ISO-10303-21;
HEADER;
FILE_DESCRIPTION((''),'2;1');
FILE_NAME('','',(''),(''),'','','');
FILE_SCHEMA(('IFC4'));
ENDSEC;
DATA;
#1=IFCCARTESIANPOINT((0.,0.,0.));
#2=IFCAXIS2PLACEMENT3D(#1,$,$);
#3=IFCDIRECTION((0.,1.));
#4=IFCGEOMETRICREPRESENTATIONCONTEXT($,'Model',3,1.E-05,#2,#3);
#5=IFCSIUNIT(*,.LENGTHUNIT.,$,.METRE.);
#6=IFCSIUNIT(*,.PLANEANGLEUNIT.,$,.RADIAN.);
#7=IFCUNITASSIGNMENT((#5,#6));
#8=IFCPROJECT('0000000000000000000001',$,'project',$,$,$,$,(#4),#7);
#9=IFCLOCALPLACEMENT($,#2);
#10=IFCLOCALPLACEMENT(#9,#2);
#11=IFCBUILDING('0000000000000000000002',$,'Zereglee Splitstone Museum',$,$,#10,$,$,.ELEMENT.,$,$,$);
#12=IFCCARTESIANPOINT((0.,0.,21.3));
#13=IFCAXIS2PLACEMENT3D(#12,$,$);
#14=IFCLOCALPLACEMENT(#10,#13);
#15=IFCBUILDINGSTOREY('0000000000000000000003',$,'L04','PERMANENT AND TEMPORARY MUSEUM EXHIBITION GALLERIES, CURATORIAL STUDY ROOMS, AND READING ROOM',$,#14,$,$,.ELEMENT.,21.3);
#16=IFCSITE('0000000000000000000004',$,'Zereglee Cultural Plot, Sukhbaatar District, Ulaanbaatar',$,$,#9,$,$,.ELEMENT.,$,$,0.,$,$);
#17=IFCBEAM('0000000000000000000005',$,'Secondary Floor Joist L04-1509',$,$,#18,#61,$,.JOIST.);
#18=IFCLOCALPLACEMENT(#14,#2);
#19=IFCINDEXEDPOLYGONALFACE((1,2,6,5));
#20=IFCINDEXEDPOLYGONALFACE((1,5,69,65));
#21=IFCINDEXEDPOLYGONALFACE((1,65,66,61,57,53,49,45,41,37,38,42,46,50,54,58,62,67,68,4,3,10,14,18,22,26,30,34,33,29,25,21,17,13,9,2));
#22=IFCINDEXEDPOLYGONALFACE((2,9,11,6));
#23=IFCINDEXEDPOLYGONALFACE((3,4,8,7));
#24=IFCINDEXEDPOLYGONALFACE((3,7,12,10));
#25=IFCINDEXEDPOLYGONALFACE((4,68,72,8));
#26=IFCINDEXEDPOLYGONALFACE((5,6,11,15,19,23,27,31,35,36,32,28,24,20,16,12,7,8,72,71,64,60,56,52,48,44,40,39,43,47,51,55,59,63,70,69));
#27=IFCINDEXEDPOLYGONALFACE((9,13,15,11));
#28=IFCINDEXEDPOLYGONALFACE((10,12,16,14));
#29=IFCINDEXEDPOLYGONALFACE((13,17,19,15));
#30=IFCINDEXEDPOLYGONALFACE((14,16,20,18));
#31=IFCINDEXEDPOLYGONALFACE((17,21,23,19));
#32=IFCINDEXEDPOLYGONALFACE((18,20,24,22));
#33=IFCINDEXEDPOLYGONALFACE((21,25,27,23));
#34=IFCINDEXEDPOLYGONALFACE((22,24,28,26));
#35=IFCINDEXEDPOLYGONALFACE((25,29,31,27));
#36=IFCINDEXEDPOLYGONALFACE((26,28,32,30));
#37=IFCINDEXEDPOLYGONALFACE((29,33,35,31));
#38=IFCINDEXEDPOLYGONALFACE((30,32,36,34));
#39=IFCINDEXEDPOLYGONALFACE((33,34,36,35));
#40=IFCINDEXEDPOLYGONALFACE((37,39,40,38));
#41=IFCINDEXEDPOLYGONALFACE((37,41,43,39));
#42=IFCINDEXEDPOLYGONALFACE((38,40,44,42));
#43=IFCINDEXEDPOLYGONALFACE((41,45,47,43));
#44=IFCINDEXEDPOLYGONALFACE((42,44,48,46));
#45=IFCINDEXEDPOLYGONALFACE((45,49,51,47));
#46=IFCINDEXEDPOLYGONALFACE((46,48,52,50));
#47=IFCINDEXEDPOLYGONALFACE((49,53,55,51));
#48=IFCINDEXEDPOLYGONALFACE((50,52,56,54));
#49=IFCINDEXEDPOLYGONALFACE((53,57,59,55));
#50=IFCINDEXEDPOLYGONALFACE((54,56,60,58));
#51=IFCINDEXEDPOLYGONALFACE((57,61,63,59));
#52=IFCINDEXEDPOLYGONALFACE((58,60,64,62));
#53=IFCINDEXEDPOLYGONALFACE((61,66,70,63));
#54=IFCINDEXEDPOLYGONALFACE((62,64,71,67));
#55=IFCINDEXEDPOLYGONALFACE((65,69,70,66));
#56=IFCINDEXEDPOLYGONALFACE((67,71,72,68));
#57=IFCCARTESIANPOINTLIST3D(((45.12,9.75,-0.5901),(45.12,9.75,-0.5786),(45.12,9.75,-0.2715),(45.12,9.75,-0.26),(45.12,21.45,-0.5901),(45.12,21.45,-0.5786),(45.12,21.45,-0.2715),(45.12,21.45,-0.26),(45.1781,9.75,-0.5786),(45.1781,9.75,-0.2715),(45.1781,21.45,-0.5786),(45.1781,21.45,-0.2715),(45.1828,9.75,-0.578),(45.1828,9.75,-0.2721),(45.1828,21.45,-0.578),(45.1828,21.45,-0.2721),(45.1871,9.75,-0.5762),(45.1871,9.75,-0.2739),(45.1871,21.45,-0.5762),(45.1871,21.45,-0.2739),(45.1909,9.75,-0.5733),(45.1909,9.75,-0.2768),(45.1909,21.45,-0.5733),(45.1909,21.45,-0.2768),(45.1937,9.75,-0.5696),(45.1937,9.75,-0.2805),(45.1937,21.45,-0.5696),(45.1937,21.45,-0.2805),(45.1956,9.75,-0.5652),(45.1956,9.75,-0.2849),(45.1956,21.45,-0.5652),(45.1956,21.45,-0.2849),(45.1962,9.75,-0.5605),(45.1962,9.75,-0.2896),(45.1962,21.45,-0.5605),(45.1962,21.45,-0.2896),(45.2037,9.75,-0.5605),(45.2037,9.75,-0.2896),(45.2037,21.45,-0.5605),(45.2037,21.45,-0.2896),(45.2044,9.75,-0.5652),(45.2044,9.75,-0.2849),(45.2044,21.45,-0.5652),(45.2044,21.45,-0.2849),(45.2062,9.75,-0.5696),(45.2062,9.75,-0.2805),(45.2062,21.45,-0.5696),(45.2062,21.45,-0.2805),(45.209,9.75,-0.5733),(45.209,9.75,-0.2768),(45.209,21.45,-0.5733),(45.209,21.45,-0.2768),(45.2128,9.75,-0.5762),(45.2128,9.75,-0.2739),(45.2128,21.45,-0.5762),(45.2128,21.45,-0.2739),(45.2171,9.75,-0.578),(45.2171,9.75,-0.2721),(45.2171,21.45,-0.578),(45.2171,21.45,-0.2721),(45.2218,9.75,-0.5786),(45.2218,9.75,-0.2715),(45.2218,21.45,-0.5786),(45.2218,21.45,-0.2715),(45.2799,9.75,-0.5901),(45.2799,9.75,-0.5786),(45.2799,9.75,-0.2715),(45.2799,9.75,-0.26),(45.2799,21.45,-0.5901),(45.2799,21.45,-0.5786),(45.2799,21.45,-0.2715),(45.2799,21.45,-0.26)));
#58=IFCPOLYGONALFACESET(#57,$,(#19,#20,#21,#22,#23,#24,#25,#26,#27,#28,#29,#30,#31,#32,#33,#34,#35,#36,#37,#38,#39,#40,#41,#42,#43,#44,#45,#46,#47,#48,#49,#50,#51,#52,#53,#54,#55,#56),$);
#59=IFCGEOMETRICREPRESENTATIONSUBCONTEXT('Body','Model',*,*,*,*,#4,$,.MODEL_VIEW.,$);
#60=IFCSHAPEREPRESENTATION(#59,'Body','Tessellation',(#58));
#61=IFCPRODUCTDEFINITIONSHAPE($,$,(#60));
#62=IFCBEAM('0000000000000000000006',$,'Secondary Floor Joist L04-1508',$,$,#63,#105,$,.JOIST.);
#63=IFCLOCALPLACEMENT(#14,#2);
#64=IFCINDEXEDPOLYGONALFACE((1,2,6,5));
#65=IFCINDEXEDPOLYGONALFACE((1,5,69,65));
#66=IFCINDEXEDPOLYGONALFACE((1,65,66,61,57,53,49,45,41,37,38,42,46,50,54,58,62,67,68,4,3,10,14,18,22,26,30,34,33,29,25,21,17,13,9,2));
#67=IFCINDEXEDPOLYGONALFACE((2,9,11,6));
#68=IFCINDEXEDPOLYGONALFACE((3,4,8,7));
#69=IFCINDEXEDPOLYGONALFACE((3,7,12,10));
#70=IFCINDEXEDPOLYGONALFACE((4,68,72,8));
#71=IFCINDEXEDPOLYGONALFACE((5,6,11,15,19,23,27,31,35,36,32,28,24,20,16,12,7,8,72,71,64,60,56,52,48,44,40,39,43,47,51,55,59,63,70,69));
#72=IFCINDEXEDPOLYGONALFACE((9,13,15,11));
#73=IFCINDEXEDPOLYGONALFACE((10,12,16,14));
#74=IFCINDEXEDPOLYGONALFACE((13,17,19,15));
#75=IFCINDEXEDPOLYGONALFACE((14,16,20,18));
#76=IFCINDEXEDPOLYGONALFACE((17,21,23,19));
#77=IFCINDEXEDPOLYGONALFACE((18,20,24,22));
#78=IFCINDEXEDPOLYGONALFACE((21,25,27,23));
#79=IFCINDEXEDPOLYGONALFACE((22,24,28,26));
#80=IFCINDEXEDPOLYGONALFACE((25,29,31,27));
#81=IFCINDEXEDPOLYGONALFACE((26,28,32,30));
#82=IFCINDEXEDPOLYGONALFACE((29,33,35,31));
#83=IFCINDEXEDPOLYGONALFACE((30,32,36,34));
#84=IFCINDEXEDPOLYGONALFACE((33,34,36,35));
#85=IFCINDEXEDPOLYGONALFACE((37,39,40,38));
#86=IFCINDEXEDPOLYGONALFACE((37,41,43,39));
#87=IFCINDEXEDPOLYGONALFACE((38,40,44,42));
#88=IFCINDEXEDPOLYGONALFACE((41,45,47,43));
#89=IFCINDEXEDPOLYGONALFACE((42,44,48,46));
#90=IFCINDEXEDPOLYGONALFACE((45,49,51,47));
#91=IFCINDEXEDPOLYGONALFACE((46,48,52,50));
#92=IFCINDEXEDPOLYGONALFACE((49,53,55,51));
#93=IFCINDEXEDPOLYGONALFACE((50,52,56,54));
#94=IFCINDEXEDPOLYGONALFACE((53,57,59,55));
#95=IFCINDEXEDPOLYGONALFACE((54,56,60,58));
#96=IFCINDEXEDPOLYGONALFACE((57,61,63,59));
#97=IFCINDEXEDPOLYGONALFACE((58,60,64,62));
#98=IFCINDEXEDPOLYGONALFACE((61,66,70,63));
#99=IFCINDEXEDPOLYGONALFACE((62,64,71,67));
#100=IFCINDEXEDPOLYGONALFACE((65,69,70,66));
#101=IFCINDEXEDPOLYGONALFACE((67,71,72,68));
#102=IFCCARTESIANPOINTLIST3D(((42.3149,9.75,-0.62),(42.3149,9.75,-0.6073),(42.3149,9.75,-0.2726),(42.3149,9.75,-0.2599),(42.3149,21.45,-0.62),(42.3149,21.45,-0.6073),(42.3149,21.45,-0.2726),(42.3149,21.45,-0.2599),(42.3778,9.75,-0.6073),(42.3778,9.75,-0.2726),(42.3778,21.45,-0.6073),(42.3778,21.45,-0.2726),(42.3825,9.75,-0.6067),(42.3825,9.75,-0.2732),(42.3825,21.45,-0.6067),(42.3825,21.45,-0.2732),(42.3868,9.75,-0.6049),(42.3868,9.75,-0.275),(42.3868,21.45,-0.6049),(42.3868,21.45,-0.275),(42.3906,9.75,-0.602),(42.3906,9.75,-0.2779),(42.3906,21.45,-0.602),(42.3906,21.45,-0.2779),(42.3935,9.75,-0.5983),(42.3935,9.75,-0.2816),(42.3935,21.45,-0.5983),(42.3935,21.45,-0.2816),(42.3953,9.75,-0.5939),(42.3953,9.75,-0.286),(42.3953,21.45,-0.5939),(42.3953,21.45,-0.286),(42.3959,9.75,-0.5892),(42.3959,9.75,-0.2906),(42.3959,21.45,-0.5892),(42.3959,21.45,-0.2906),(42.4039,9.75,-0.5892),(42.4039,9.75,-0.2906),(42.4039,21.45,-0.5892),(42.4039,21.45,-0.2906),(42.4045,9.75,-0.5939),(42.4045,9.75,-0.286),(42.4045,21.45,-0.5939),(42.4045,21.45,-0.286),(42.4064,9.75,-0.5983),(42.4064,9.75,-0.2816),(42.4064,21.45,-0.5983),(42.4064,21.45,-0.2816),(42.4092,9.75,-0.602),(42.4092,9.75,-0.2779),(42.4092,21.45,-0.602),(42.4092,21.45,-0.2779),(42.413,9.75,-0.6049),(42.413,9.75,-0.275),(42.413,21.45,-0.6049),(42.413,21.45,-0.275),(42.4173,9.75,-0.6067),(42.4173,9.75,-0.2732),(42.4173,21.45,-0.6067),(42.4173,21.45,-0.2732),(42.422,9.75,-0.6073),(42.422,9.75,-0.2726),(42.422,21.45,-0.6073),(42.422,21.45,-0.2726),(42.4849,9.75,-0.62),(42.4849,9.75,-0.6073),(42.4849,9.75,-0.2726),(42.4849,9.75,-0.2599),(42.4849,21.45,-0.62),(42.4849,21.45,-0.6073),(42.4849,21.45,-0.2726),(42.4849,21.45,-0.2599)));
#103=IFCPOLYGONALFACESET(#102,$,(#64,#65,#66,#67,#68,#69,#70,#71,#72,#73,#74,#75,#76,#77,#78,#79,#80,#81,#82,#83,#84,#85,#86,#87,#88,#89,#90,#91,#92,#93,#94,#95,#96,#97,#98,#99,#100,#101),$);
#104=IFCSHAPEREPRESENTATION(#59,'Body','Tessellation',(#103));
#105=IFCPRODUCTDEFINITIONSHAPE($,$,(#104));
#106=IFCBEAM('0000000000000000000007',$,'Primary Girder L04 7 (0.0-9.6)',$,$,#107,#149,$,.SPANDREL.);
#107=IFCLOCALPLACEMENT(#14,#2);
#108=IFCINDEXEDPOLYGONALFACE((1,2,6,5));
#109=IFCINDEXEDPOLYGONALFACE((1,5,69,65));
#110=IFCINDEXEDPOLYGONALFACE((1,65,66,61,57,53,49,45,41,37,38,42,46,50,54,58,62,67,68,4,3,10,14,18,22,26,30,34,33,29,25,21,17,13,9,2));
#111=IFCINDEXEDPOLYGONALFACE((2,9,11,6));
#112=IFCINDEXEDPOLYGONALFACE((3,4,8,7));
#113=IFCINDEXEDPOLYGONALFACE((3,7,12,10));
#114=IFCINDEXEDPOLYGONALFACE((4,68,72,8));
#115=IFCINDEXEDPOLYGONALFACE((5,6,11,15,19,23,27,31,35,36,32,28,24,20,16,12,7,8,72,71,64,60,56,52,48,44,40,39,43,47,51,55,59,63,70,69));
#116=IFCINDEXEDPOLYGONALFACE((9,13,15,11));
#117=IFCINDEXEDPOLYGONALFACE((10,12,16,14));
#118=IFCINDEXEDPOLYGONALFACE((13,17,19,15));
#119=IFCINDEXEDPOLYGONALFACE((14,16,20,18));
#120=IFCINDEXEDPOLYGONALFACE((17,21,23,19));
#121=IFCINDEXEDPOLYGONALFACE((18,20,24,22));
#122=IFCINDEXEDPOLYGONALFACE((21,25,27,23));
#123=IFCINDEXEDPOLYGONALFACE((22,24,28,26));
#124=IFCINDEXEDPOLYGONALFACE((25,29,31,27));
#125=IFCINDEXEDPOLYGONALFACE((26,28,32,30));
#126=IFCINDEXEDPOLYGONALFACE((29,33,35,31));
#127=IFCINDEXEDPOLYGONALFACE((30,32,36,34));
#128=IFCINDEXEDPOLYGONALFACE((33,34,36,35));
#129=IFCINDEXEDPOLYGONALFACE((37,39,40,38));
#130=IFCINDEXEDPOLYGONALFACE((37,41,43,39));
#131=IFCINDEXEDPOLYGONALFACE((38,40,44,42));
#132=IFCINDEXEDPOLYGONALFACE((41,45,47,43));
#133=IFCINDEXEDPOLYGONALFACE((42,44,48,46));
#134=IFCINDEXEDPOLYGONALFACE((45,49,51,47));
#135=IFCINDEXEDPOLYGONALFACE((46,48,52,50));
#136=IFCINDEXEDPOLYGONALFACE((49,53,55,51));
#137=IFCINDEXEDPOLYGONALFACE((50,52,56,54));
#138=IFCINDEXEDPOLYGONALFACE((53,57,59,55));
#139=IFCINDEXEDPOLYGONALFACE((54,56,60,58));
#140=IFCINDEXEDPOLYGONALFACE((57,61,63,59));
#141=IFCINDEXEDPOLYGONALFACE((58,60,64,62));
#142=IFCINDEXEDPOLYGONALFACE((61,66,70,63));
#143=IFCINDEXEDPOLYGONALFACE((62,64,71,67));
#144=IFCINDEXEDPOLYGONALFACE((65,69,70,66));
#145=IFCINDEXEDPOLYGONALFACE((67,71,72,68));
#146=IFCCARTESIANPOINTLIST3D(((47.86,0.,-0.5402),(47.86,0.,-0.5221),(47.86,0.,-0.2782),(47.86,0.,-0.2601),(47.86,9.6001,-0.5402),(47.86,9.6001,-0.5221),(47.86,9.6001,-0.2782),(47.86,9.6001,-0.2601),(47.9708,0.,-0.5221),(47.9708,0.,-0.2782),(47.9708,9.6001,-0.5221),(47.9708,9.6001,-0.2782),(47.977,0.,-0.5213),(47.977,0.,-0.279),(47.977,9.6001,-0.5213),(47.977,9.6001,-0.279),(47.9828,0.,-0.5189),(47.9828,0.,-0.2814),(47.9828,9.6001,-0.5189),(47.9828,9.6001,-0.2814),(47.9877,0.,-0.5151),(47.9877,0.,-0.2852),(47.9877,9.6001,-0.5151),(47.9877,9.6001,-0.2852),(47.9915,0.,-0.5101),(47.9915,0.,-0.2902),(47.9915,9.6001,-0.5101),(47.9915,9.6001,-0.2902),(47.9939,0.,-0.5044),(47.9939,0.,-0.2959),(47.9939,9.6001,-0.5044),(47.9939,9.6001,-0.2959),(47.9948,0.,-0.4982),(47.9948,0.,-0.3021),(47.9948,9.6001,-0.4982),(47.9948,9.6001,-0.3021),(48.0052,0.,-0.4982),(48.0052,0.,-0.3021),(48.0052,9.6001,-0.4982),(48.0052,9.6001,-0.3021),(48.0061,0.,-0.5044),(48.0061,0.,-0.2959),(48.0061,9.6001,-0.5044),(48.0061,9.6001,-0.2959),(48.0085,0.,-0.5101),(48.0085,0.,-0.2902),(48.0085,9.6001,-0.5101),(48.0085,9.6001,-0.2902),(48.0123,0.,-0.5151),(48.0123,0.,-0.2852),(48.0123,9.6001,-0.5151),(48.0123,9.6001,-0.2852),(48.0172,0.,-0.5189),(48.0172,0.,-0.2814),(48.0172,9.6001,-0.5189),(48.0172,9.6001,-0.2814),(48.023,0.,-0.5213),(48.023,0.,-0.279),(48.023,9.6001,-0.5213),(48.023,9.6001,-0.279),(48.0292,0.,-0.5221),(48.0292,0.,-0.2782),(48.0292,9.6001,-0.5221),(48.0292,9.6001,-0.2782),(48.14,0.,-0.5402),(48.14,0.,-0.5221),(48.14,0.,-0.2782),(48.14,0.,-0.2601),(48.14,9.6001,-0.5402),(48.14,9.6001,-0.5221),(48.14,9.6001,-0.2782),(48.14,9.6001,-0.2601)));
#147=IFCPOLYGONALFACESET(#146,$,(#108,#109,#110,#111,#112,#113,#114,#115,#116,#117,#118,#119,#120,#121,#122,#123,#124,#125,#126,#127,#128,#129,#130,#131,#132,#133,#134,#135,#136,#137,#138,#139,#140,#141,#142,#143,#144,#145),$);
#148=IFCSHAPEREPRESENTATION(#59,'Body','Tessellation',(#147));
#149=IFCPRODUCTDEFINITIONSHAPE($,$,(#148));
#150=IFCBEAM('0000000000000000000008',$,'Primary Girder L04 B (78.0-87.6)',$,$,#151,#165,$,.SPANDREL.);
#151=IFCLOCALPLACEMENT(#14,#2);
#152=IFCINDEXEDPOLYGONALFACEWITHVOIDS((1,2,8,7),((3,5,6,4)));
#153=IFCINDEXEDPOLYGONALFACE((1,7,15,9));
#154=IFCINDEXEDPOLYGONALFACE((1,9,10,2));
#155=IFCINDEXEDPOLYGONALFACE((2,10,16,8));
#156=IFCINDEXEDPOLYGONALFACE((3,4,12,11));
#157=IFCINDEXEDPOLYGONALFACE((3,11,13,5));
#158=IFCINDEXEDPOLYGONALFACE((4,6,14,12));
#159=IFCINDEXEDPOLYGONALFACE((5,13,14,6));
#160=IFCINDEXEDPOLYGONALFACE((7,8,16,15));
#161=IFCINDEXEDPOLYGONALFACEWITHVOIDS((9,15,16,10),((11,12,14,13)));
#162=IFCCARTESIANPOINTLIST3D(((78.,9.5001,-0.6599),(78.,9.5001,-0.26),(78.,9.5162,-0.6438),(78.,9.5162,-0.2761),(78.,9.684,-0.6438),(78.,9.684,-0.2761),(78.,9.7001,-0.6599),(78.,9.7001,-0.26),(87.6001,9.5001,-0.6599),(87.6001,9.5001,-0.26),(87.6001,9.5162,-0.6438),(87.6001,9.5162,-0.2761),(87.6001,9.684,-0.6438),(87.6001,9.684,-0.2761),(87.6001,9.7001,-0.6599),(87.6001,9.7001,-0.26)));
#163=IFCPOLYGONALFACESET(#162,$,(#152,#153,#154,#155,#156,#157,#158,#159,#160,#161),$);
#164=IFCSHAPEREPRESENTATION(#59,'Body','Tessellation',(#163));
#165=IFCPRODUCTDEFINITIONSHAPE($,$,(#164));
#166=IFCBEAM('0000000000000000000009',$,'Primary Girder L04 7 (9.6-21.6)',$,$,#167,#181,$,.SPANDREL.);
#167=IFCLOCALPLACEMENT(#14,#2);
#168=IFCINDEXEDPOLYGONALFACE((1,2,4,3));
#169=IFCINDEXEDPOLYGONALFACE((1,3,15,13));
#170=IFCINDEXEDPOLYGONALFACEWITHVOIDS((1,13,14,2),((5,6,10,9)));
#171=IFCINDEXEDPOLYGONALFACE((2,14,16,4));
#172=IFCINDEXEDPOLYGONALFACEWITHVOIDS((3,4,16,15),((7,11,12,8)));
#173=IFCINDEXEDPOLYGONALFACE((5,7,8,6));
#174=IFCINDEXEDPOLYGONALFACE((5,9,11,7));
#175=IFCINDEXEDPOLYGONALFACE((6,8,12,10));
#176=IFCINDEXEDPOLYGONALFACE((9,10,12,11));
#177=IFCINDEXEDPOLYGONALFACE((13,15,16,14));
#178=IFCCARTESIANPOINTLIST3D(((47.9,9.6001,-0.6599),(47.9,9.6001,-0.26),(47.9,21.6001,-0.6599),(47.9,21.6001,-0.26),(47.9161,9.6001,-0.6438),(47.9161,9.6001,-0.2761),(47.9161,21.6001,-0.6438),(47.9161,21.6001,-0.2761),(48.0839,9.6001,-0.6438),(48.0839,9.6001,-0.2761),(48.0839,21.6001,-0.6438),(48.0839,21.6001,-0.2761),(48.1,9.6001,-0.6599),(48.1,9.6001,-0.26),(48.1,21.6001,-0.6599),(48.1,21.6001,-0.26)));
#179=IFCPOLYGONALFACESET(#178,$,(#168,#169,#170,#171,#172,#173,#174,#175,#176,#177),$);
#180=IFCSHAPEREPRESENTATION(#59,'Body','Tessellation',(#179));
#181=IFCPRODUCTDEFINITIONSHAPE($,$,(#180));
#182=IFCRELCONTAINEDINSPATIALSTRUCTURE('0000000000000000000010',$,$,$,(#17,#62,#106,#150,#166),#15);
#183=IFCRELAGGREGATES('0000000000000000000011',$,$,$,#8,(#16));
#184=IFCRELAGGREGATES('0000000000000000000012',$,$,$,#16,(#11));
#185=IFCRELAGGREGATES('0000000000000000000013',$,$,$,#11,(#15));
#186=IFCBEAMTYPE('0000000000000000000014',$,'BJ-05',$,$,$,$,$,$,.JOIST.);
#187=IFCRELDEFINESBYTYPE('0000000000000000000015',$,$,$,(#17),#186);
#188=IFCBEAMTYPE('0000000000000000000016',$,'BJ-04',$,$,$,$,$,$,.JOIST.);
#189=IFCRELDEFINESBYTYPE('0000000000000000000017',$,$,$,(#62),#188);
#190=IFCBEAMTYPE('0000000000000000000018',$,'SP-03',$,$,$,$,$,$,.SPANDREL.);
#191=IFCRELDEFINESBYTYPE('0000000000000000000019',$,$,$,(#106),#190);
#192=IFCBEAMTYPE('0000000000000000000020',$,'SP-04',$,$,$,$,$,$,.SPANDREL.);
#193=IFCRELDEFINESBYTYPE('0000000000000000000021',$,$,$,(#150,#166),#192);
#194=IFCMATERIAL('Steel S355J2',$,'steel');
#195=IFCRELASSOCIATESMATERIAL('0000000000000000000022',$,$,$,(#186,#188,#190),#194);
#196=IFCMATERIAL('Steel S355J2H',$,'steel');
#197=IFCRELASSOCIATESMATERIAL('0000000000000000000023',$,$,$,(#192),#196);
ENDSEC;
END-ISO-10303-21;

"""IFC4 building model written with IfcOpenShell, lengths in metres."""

from ifc_helpers import new_model, si_unit, direction, frame, origin, origin_2d, place, context, subcontext, project, spatial, hollow_rectangle, i_section, extrude, material, material_profile, profile_set, type_object, element, save


model = new_model("IFC4")

# Units and contexts
model_context = context("Model", 3, precision=1e-05, world=origin(), true_north=direction((0.0, 1.0)))
body_context = subcontext(model_context, "Body", "Model", "MODEL_VIEW")
ifc_project = project(units=[si_unit("LENGTHUNIT", "METRE"), si_unit("PLANEANGLEUNIT", "RADIAN")], contexts=[model_context])

# Site, building, storey
site_placement = place(None, origin())
site = spatial("IfcSite", under=ifc_project, at=site_placement, Name="Zereglee Cultural Plot, Sukhbaatar District, Ulaanbaatar", CompositionType="ELEMENT", RefElevation=0.0)
building_placement = place(site_placement, origin())
building = spatial("IfcBuilding", under=site, at=building_placement, Name="Zereglee Splitstone Museum", CompositionType="ELEMENT")
storey_placement = place(building_placement, frame((0.0, 0.0, 21.3)))
storey = spatial("IfcBuildingStorey", under=building, at=storey_placement, Name="L04", Description="PERMANENT AND TEMPORARY MUSEUM EXHIBITION GALLERIES, CURATORIAL STUDY ROOMS, AND READING ROOM", CompositionType="ELEMENT", Elevation=21.3)

# Shared definitions
ifc_material_1 = material(Name="Steel S355J2H", Category="steel")

# Beams
ifc_material_2 = material(Name="Steel S355J2", Category="steel")
ifc_material_profile_1 = material_profile(ifc_material_2, i_section(OverallWidth=0.1599, OverallDepth=0.3301, WebThickness=0.0076, FlangeThickness=0.0115, FilletRadius=0.0181, at=origin_2d()), Name="IPE 330")
ifc_profile_set_1 = profile_set([ifc_material_profile_1], Name="Steel S355J2")
beam_type_1 = type_object("IfcBeamType", Name="BJ-05", PredefinedType="JOIST", material=ifc_profile_set_1)
beam_1_placement = place(storey_placement, frame((45.2, 9.75, -0.425), z_axis=(0.0, 1.0, 0.0), x_axis=(-1.0, 0.0, 0.0)))
element("IfcBeam", 1, at=beam_1_placement, inside=storey, type_object=beam_type_1, Name="Secondary Floor Joist L04-1509", PredefinedType="JOIST", context=body_context, shape_type="SweptSolid", body=[
    extrude(i_section(OverallWidth=0.1599, OverallDepth=0.3301, WebThickness=0.0076, FlangeThickness=0.0115, FilletRadius=0.0181, at=origin_2d()), origin(), (0.0, 0.0, 1.0), 11.7),
])
ifc_material_profile_2 = material_profile(ifc_material_2, i_section(OverallWidth=0.1699, OverallDepth=0.3601, WebThickness=0.0081, FlangeThickness=0.0127, FilletRadius=0.0181, at=origin_2d()), Name="IPE 360")
ifc_profile_set_2 = profile_set([ifc_material_profile_2], Name="Steel S355J2")
beam_type_2 = type_object("IfcBeamType", Name="BJ-04", PredefinedType="JOIST", material=ifc_profile_set_2)
beam_2_placement = place(storey_placement, frame((42.3999, 9.75, -0.4399), z_axis=(0.0, 1.0, 0.0), x_axis=(-1.0, 0.0, 0.0)))
element("IfcBeam", 2, at=beam_2_placement, inside=storey, type_object=beam_type_2, Name="Secondary Floor Joist L04-1508", PredefinedType="JOIST", context=body_context, shape_type="SweptSolid", body=[
    extrude(i_section(OverallWidth=0.1699, OverallDepth=0.3601, WebThickness=0.0081, FlangeThickness=0.0127, FilletRadius=0.0181, at=origin_2d()), origin(), (0.0, 0.0, 1.0), 11.7),
])
ifc_material_profile_3 = material_profile(ifc_material_2, i_section(OverallWidth=0.28, OverallDepth=0.28, WebThickness=0.0105, FlangeThickness=0.0181, FilletRadius=0.0239, at=origin_2d()), Name="HE 280 B")
ifc_profile_set_3 = profile_set([ifc_material_profile_3], Name="Steel S355J2")
beam_type_3 = type_object("IfcBeamType", Name="SP-03", PredefinedType="SPANDREL", material=ifc_profile_set_3)
beam_3_placement = place(storey_placement, frame((48.0, 0.0, -0.4001), z_axis=(0.0, 1.0, 0.0), x_axis=(-1.0, 0.0, 0.0)))
element("IfcBeam", 3, at=beam_3_placement, inside=storey, type_object=beam_type_3, Name="Primary Girder L04 7 (0.0-9.6)", PredefinedType="SPANDREL", context=body_context, shape_type="SweptSolid", body=[
    extrude(i_section(OverallWidth=0.28, OverallDepth=0.28, WebThickness=0.0105, FlangeThickness=0.0181, FilletRadius=0.0239, at=origin_2d()), origin(), (0.0, 0.0, 1.0), 9.6001),
])
ifc_material_profile_4 = material_profile(ifc_material_1, hollow_rectangle(XDim=0.2, YDim=0.3999, WallThickness=0.0161, at=origin_2d()), Name="RHS 400x200x16")
ifc_profile_set_4 = profile_set([ifc_material_profile_4], Name="Steel S355J2H")
beam_type_4 = type_object("IfcBeamType", Name="SP-04", PredefinedType="SPANDREL", material=ifc_profile_set_4)
beam_4_placement = place(storey_placement, frame((78.0, 9.6001, -0.46), z_axis=(1.0, 0.0, 0.0), x_axis=(0.0, 1.0, 0.0)))
element("IfcBeam", 4, at=beam_4_placement, inside=storey, type_object=beam_type_4, Name="Primary Girder L04 B (78.0-87.6)", PredefinedType="SPANDREL", context=body_context, shape_type="SweptSolid", body=[
    extrude(hollow_rectangle(XDim=0.2, YDim=0.3999, WallThickness=0.0161, at=origin_2d()), origin(), (0.0, 0.0, 1.0), 9.6001),
])
beam_5_placement = place(storey_placement, frame((48.0, 9.6001, -0.46), z_axis=(0.0, 1.0, 0.0), x_axis=(-1.0, 0.0, 0.0)))
element("IfcBeam", 5, at=beam_5_placement, inside=storey, type_object=beam_type_4, Name="Primary Girder L04 7 (9.6-21.6)", PredefinedType="SPANDREL", context=body_context, shape_type="SweptSolid", body=[
    extrude(hollow_rectangle(XDim=0.2, YDim=0.3999, WallThickness=0.0161, at=origin_2d()), origin(), (0.0, 0.0, 1.0), 12.0),
])

save(model, "model.ifc")
